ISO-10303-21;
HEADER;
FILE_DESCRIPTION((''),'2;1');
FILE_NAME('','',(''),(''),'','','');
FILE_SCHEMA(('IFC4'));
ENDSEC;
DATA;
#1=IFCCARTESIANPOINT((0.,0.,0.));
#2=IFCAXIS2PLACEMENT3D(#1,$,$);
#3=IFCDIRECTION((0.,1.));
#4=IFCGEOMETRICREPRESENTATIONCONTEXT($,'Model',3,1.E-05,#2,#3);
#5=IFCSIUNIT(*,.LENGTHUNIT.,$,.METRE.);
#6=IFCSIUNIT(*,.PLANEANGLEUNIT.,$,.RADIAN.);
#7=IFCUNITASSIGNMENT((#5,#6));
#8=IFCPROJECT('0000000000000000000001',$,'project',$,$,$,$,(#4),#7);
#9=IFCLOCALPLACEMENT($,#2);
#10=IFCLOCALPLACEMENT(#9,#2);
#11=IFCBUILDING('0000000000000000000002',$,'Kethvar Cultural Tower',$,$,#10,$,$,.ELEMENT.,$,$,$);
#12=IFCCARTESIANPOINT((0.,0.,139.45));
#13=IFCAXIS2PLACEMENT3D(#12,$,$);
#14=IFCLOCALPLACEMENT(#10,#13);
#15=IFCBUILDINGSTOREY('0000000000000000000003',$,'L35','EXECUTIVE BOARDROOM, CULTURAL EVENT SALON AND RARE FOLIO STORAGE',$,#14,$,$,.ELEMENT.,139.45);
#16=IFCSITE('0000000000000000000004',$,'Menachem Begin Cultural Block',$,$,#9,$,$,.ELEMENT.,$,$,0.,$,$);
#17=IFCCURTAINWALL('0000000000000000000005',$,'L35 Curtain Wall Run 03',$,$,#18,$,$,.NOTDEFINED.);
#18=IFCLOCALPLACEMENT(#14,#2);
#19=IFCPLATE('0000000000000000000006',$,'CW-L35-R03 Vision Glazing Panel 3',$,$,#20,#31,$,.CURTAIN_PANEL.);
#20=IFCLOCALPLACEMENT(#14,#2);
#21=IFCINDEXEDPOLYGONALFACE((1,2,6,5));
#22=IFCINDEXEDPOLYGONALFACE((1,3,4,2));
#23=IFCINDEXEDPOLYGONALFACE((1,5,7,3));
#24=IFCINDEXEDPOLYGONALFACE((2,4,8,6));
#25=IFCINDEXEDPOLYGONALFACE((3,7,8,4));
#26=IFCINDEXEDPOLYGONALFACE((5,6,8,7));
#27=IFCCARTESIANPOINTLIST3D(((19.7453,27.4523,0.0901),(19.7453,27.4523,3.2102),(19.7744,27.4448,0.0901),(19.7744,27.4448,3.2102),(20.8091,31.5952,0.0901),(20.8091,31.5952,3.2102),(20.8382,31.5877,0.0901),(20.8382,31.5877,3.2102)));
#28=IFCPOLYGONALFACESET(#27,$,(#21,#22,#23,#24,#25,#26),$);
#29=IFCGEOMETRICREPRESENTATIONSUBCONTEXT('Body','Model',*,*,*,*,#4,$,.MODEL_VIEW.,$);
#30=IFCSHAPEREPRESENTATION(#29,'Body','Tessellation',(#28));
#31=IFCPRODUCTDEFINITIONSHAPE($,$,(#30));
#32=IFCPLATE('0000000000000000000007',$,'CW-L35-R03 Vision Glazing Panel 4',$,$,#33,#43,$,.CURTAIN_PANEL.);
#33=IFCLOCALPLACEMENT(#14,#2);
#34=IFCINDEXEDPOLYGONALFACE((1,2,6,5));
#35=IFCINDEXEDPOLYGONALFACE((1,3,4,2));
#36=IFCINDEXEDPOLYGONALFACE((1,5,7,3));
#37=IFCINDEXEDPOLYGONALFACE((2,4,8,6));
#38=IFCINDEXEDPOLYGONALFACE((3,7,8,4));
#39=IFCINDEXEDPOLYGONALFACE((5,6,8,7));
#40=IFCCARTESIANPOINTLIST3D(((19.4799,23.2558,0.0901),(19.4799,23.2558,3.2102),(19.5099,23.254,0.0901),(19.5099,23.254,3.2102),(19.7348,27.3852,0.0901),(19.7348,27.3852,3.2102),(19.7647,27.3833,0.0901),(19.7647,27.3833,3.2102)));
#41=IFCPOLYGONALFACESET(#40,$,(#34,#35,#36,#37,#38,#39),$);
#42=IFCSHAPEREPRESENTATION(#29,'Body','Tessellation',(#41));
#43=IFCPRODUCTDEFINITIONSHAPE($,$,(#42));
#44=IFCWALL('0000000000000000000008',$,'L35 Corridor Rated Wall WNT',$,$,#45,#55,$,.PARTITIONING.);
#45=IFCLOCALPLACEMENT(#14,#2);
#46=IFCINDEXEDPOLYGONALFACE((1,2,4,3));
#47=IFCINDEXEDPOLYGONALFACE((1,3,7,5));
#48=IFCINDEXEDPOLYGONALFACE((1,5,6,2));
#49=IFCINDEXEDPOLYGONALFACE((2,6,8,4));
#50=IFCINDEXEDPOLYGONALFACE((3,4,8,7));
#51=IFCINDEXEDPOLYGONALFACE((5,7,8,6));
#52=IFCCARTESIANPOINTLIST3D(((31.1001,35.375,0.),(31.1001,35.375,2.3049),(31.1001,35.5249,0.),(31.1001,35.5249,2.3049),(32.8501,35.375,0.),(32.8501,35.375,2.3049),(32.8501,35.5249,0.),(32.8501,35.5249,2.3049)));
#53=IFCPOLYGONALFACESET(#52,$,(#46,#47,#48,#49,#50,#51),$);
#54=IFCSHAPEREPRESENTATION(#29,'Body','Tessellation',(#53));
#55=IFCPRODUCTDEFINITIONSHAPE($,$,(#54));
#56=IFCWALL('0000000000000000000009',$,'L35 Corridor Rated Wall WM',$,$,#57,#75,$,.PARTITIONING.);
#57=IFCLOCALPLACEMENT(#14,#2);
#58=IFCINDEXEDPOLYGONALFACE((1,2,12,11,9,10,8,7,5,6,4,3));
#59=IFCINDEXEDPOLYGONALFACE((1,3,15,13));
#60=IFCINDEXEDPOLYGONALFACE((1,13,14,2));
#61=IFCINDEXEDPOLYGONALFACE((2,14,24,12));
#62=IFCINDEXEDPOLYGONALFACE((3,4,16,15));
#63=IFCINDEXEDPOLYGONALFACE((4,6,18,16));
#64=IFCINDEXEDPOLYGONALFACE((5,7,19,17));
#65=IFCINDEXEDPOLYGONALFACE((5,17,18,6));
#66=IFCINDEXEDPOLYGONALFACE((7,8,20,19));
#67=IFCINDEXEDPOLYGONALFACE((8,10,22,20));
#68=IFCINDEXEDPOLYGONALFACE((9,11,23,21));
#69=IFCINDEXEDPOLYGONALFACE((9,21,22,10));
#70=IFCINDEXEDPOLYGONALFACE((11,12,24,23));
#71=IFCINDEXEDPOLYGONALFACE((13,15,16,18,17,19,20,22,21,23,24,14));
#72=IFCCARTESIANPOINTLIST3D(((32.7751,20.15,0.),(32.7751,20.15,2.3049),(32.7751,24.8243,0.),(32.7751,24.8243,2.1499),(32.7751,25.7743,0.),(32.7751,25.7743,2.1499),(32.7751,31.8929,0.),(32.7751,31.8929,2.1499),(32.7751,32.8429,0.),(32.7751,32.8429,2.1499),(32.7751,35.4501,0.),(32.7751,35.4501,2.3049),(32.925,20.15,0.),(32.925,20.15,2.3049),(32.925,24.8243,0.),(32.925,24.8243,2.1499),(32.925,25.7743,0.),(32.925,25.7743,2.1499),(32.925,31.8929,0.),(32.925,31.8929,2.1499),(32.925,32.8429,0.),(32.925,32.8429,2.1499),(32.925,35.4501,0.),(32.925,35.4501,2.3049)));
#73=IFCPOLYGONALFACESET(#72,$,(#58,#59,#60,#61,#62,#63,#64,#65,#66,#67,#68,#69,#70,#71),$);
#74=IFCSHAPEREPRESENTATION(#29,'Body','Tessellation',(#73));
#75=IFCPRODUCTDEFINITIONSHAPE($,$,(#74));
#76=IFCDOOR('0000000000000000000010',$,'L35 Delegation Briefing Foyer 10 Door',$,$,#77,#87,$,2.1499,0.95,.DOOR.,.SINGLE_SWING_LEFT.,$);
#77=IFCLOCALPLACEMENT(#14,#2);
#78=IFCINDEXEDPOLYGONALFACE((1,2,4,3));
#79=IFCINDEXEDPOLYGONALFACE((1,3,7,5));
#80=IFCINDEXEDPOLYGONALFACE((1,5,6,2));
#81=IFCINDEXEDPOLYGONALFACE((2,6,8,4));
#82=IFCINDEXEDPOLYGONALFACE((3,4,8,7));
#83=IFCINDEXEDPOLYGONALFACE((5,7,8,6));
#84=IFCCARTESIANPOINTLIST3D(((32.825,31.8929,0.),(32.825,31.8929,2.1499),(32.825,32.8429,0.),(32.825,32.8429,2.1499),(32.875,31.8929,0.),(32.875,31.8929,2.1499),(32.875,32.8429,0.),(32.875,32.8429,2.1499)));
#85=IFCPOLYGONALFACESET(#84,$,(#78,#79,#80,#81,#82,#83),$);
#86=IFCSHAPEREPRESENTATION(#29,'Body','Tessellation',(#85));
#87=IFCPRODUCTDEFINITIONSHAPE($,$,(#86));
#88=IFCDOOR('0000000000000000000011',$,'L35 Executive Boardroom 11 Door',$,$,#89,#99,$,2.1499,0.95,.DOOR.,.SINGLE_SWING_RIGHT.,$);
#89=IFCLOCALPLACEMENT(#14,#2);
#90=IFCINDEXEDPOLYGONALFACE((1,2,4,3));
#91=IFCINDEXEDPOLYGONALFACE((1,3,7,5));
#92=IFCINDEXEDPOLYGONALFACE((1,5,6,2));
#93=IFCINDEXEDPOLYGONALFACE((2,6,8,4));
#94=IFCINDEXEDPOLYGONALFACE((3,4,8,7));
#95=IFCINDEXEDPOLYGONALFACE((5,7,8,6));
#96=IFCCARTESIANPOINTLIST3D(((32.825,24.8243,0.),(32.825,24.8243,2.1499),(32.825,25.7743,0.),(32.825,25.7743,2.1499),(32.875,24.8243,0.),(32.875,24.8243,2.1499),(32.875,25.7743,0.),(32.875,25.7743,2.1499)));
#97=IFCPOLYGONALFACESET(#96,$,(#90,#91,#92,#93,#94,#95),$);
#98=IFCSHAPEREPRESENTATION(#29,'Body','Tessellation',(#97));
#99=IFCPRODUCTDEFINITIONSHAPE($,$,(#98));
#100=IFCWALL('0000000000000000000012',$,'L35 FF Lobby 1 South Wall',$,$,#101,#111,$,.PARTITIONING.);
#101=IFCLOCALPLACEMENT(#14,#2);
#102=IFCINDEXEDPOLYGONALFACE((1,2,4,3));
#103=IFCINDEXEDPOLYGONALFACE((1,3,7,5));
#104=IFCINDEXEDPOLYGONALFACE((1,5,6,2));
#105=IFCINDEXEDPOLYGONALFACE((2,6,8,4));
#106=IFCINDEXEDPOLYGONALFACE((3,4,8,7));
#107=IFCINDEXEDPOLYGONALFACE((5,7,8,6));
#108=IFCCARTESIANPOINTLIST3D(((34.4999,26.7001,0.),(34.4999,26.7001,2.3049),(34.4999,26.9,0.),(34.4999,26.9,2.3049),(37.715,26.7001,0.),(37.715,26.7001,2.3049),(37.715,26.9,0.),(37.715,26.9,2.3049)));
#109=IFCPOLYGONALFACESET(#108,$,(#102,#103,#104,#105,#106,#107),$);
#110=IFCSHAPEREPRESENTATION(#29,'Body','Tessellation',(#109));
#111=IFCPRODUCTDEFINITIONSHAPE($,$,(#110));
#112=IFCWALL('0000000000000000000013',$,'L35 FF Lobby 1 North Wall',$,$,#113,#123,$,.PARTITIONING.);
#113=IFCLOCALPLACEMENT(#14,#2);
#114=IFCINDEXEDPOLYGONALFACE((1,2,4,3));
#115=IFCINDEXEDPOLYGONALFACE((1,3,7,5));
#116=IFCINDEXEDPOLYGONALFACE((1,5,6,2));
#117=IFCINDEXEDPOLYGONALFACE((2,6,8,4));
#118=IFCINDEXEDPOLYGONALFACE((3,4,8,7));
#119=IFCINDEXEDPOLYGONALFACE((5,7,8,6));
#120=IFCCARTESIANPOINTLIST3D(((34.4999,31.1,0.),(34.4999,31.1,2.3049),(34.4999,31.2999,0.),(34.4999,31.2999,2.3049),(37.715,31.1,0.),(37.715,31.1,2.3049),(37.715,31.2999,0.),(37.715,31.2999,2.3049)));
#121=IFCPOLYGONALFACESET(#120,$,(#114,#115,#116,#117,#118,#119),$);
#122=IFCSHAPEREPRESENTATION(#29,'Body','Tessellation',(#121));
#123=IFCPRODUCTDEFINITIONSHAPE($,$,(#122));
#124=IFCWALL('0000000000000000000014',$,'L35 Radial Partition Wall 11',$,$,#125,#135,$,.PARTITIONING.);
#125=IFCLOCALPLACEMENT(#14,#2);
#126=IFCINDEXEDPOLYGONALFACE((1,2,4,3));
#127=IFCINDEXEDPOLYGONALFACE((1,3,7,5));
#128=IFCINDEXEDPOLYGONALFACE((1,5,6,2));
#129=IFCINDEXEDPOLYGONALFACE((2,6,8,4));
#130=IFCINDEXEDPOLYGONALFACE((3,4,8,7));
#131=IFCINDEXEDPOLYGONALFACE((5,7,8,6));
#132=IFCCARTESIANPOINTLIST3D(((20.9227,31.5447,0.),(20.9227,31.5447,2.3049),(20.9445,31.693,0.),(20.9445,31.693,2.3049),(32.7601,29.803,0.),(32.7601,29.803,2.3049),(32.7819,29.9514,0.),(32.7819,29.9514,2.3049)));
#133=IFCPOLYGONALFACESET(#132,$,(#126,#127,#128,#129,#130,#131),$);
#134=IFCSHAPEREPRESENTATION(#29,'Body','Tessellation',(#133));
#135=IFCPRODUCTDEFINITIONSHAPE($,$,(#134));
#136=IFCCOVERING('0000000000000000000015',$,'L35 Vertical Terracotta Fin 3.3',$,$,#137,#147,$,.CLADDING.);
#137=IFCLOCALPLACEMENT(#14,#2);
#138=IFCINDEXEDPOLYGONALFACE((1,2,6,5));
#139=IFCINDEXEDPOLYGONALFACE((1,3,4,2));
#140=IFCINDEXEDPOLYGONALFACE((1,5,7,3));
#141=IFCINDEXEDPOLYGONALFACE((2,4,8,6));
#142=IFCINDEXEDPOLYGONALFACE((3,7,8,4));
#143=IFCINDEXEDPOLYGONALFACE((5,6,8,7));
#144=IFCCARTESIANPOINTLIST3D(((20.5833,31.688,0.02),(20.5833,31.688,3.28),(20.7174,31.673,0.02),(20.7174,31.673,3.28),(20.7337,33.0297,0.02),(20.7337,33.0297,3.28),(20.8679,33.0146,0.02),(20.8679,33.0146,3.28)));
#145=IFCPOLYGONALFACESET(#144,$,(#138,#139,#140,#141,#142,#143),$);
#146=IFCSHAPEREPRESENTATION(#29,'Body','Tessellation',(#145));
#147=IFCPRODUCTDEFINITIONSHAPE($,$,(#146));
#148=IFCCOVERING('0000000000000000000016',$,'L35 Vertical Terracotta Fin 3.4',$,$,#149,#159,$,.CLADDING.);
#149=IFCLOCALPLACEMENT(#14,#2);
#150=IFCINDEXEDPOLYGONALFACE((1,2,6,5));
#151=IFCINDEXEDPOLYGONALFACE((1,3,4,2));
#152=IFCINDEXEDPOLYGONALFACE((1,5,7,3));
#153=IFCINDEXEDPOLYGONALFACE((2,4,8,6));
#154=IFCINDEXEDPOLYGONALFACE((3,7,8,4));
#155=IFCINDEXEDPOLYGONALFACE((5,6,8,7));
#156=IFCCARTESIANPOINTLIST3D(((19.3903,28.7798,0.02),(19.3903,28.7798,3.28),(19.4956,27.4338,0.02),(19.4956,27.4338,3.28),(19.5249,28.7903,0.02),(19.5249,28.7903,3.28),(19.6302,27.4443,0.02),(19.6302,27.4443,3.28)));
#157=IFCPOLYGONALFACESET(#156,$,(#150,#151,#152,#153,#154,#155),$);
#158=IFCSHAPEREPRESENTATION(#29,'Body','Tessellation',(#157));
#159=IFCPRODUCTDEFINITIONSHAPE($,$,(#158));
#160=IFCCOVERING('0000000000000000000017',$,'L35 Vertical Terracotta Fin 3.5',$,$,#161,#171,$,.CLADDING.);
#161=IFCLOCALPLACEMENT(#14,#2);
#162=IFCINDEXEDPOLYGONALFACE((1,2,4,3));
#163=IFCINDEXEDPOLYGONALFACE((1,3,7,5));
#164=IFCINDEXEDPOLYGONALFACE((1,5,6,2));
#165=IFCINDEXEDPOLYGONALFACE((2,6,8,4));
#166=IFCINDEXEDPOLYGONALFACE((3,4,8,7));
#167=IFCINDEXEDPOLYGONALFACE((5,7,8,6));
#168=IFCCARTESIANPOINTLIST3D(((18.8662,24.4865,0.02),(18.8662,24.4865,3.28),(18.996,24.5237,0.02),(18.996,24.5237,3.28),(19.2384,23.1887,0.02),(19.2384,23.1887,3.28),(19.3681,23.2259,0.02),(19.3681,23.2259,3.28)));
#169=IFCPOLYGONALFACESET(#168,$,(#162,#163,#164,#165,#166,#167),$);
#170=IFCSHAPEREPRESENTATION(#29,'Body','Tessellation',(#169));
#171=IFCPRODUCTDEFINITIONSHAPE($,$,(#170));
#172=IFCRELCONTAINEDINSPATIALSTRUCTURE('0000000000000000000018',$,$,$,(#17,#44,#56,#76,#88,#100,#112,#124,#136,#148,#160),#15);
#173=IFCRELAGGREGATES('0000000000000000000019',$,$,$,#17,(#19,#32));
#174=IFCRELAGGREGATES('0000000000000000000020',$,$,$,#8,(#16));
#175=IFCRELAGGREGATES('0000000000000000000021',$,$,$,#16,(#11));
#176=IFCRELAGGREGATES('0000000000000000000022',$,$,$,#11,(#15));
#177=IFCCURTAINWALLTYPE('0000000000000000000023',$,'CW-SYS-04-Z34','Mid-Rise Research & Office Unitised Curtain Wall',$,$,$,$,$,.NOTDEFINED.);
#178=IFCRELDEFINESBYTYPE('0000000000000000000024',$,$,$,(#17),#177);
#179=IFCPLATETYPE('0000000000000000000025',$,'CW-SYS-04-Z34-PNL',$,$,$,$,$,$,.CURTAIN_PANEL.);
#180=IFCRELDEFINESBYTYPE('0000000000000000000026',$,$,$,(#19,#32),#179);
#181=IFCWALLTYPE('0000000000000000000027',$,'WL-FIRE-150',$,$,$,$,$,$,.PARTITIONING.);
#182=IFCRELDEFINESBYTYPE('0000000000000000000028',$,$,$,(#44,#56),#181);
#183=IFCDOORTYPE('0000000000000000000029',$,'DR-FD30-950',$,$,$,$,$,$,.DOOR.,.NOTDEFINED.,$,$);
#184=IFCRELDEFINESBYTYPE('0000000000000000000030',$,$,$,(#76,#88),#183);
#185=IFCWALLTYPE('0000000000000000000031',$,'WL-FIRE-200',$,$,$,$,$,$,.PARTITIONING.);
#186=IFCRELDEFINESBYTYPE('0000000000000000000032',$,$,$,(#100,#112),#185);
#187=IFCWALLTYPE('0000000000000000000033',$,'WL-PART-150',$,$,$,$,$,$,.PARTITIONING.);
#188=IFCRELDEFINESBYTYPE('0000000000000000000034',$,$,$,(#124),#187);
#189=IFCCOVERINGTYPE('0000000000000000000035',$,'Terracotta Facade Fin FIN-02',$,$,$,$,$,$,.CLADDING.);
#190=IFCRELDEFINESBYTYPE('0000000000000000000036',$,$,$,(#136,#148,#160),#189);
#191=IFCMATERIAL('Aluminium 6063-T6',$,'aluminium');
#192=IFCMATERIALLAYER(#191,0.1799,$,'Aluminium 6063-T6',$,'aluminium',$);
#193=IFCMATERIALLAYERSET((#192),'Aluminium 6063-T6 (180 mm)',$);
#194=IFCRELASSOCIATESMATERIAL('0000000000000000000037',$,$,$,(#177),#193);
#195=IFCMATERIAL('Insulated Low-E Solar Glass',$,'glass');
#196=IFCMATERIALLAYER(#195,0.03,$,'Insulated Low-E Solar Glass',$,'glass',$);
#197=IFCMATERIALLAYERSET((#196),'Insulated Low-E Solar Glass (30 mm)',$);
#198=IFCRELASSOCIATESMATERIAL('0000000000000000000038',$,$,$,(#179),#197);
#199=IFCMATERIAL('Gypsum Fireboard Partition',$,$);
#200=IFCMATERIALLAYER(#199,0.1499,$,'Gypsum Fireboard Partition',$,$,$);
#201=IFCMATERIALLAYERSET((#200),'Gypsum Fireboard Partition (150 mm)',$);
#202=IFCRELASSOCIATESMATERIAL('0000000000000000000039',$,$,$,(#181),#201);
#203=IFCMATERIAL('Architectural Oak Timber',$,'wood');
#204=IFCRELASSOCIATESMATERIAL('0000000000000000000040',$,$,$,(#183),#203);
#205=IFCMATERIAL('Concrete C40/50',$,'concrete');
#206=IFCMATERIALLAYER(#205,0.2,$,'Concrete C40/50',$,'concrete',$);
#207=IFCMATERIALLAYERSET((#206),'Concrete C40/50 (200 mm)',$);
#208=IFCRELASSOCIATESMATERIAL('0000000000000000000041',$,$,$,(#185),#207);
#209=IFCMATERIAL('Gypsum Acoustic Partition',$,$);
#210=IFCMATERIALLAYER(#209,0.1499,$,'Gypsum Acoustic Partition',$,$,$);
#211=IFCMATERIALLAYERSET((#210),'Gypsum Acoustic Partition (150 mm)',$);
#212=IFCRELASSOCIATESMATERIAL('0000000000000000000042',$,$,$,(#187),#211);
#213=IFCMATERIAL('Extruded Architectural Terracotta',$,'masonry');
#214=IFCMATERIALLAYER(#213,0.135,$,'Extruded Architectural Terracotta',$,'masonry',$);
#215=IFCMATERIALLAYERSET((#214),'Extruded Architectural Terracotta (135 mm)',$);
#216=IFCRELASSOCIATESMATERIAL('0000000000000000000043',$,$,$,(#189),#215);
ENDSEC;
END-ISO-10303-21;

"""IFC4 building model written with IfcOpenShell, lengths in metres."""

from ifc_helpers import new_model, si_unit, direction, frame, frame_2d, origin, origin_2d, place, context, subcontext, project, spatial, rectangle, extrude, source, transform, mapped, material, layer, layer_set, type_object, element, fill, aggregate, save


model = new_model("IFC4")

# Units and contexts
model_context = context("Model", 3, precision=1e-05, world=origin(), true_north=direction((0.0, 1.0)))
body_context = subcontext(model_context, "Body", "Model", "MODEL_VIEW")
ifc_project = project(units=[si_unit("LENGTHUNIT", "METRE"), si_unit("PLANEANGLEUNIT", "RADIAN")], contexts=[model_context])

# Site, building, storey
site_placement = place(None, origin())
site = spatial("IfcSite", under=ifc_project, at=site_placement, Name="Menachem Begin Cultural Block", CompositionType="ELEMENT", RefElevation=0.0)
building_placement = place(site_placement, origin())
building = spatial("IfcBuilding", under=site, at=building_placement, Name="Kethvar Cultural Tower", CompositionType="ELEMENT")
storey_placement = place(building_placement, frame((0.0, 0.0, 139.45)))
storey = spatial("IfcBuildingStorey", under=building, at=storey_placement, Name="L35", Description="EXECUTIVE BOARDROOM, CULTURAL EVENT SALON AND RARE FOLIO STORAGE", CompositionType="ELEMENT", Elevation=139.45)

# Curtain wall, plates
ifc_material_1 = material(Name="Aluminium 6063-T6", Category="aluminium")
ifc_layer_1 = layer(ifc_material_1, 0.1799, Name="Aluminium 6063-T6", Category="aluminium")
ifc_layer_set_1 = layer_set([ifc_layer_1], Name="Aluminium 6063-T6 (180 mm)")
curtain_wall_type = type_object("IfcCurtainWallType", Name="CW-SYS-04-Z34", Description="Mid-Rise Research & Office Unitised Curtain Wall", PredefinedType="NOTDEFINED", material=ifc_layer_set_1)
curtain_wall_placement = place(storey_placement, origin())
curtain_wall = element("IfcCurtainWall", 1, at=curtain_wall_placement, inside=storey, type_object=curtain_wall_type, Name="L35 Curtain Wall Run 03", PredefinedType="NOTDEFINED")
ifc_material_2 = material(Name="Insulated Low-E Solar Glass", Category="glass")
ifc_layer_2 = layer(ifc_material_2, 0.03, Name="Insulated Low-E Solar Glass", Category="glass")
ifc_layer_set_2 = layer_set([ifc_layer_2], Name="Insulated Low-E Solar Glass (30 mm)")
plate_type = type_object("IfcPlateType", Name="CW-SYS-04-Z34-PNL", PredefinedType="CURTAIN_PANEL", material=ifc_layer_set_2)
shared_shape_1 = source(origin(), body_context, "Body", "SweptSolid", [
    extrude(rectangle(XDim=4.2773, YDim=0.03, at=origin_2d()), origin(), (0.0, 0.0, 1.0), 3.1201),
])
plate_1_placement = place(storey_placement, frame((20.2917, 29.52, 0.0901), z_axis=(0.0, 0.0, 1.0), x_axis=(-0.248724, -0.968574, 0.0)))
plate_1 = element("IfcPlate", 2, at=plate_1_placement, type_object=plate_type, Name="CW-L35-R03 Vision Glazing Panel 3", PredefinedType="CURTAIN_PANEL", context=body_context, shape_type="MappedRepresentation", body=[
    mapped(shared_shape_1, transform((0.0, 0.0, 0.0), scale=1.0)),
])
shared_shape_2 = source(origin(), body_context, "Body", "SweptSolid", [
    extrude(rectangle(XDim=4.1372, YDim=0.03, at=origin_2d()), origin(), (0.0, 0.0, 1.0), 3.1201),
])
plate_2_placement = place(storey_placement, frame((19.6223, 25.3196, 0.0901), z_axis=(0.0, 0.0, 1.0), x_axis=(-0.061606, -0.998101, 0.0)))
plate_2 = element("IfcPlate", 3, at=plate_2_placement, type_object=plate_type, Name="CW-L35-R03 Vision Glazing Panel 4", PredefinedType="CURTAIN_PANEL", context=body_context, shape_type="MappedRepresentation", body=[
    mapped(shared_shape_2, transform((0.0, 0.0, 0.0), scale=1.0)),
])
aggregate(curtain_wall, [plate_1, plate_2])

# Wall
ifc_material_3 = material(Name="Gypsum Fireboard Partition")
ifc_layer_3 = layer(ifc_material_3, 0.1499, Name="Gypsum Fireboard Partition")
ifc_layer_set_3 = layer_set([ifc_layer_3], Name="Gypsum Fireboard Partition (150 mm)")
wall_type_1 = type_object("IfcWallType", Name="WL-FIRE-150", PredefinedType="PARTITIONING", material=ifc_layer_set_3)
wall_1_placement = place(storey_placement, frame((31.1001, 35.45, 0.0), z_axis=(0.0, 0.0, 1.0), x_axis=(1.0, 0.0, 0.0)))
element("IfcWall", 4, at=wall_1_placement, inside=storey, type_object=wall_type_1, Name="L35 Corridor Rated Wall WNT", PredefinedType="PARTITIONING", context=body_context, shape_type="SweptSolid", body=[
    extrude(rectangle(XDim=1.75, YDim=0.1499, at=frame_2d((0.875, 0.0))), origin(), (0.0, 0.0, 1.0), 2.3049),
])

# Wall, openings, doors
wall_2_placement = place(storey_placement, frame((32.8501, 35.45, 0.0), z_axis=(0.0, 0.0, 1.0), x_axis=(0.0, -1.0, 0.0)))
wall_2 = element("IfcWall", 5, at=wall_2_placement, inside=storey, type_object=wall_type_1, Name="L35 Corridor Rated Wall WM", PredefinedType="PARTITIONING", context=body_context, shape_type="SweptSolid", body=[
    extrude(rectangle(XDim=15.3, YDim=0.1499, at=frame_2d((7.6499, 0.0))), origin(), (0.0, 0.0, 1.0), 2.3049),
])
opening_1_placement = place(wall_2_placement, frame((2.6069, 0.0, 0.0)))
opening_1 = element("IfcOpeningElement", 6, at=opening_1_placement, cuts=wall_2, PredefinedType="OPENING", context=body_context, shape_type="SweptSolid", body=[
    extrude(rectangle(XDim=0.95, YDim=2.1499, at=frame_2d((0.4751, 1.075))), frame((0.0, 0.085, 0.0), z_axis=(0.0, -1.0, 0.0), x_axis=(1.0, 0.0, 0.0)), (0.0, 0.0, 1.0), 0.1699),
])
opening_2_placement = place(wall_2_placement, frame((9.6755, 0.0, 0.0)))
opening_2 = element("IfcOpeningElement", 7, at=opening_2_placement, cuts=wall_2, PredefinedType="OPENING", context=body_context, shape_type="SweptSolid", body=[
    extrude(rectangle(XDim=0.95, YDim=2.1499, at=frame_2d((0.4751, 1.075))), frame((0.0, 0.085, 0.0), z_axis=(0.0, -1.0, 0.0), x_axis=(1.0, 0.0, 0.0)), (0.0, 0.0, 1.0), 0.1699),
])
ifc_material_4 = material(Name="Architectural Oak Timber", Category="wood")
door_type_1 = type_object("IfcDoorType", Name="DR-FD30-950", OperationType="NOTDEFINED", PredefinedType="DOOR", material=ifc_material_4)
shared_shape_3 = source(origin(), body_context, "Body", "SweptSolid", [
    extrude(rectangle(XDim=0.95, YDim=2.1499, at=frame_2d((0.4751, 1.075))), frame((0.0, 0.0249, 0.0), z_axis=(0.0, -1.0, 0.0), x_axis=(1.0, 0.0, 0.0)), (0.0, 0.0, 1.0), 0.05),
])
door_1_placement = place(opening_1_placement, origin())
door_1 = element("IfcDoor", 8, at=door_1_placement, inside=storey, type_object=door_type_1, Name="L35 Delegation Briefing Foyer 10 Door", OperationType="SINGLE_SWING_LEFT", OverallHeight=2.1499, OverallWidth=0.95, PredefinedType="DOOR", context=body_context, shape_type="MappedRepresentation", body=[
    mapped(shared_shape_3, transform((0.0, 0.0, 0.0), scale=1.0)),
])
fill(opening_1, door_1)
door_2_placement = place(opening_2_placement, origin())
door_2 = element("IfcDoor", 9, at=door_2_placement, inside=storey, type_object=door_type_1, Name="L35 Executive Boardroom 11 Door", OperationType="SINGLE_SWING_RIGHT", OverallHeight=2.1499, OverallWidth=0.95, PredefinedType="DOOR", context=body_context, shape_type="MappedRepresentation", body=[
    mapped(shared_shape_3, transform((0.0, 0.0, 0.0), scale=1.0)),
])
fill(opening_2, door_2)

# Shared definitions
ifc_material_5 = material(Name="Concrete C40/50", Category="concrete")
ifc_layer_4 = layer(ifc_material_5, 0.2, Name="Concrete C40/50", Category="concrete")
ifc_layer_set_4 = layer_set([ifc_layer_4], Name="Concrete C40/50 (200 mm)")
wall_type_2 = type_object("IfcWallType", Name="WL-FIRE-200", PredefinedType="PARTITIONING", material=ifc_layer_set_4)

# Walls
for number, where, z_axis, x_axis, name in (
    (10, (34.5, 26.8, 0.0), (0.0, 0.0, 1.0), (1.0, 0.0, 0.0), "L35 FF Lobby 1 South Wall"),
    (11, (34.5, 31.2, 0.0), (0.0, 0.0, 1.0), (1.0, 0.0, 0.0), "L35 FF Lobby 1 North Wall"),
):
    element("IfcWall", number, at=place(storey_placement, frame(where, z_axis=z_axis, x_axis=x_axis)), inside=storey, type_object=wall_type_2, Name=name, PredefinedType="PARTITIONING", context=body_context, shape_type="SweptSolid", body=[
        extrude(rectangle(XDim=3.2151, YDim=0.2, at=frame_2d((1.6074, 0.0))), origin(), (0.0, 0.0, 1.0), 2.3049),
    ])
ifc_material_6 = material(Name="Gypsum Acoustic Partition")
ifc_layer_5 = layer(ifc_material_6, 0.1499, Name="Gypsum Acoustic Partition")
ifc_layer_set_5 = layer_set([ifc_layer_5], Name="Gypsum Acoustic Partition (150 mm)")
wall_type_3 = type_object("IfcWallType", Name="WL-PART-150", PredefinedType="PARTITIONING", material=ifc_layer_set_5)
wall_3_placement = place(storey_placement, frame((32.771, 29.8772, 0.0), z_axis=(0.0, 0.0, 1.0), x_axis=(-0.989348, 0.145568, 0.0)))
element("IfcWall", 12, at=wall_3_placement, inside=storey, type_object=wall_type_3, Name="L35 Radial Partition Wall 11", PredefinedType="PARTITIONING", context=body_context, shape_type="SweptSolid", body=[
    extrude(rectangle(XDim=11.9648, YDim=0.1499, at=frame_2d((5.9824, 0.0))), origin(), (0.0, 0.0, 1.0), 2.3049),
])

# Coverings
ifc_material_7 = material(Name="Extruded Architectural Terracotta", Category="masonry")
ifc_layer_6 = layer(ifc_material_7, 0.135, Name="Extruded Architectural Terracotta", Category="masonry")
ifc_layer_set_6 = layer_set([ifc_layer_6], Name="Extruded Architectural Terracotta (135 mm)")
covering_type = type_object("IfcCoveringType", Name="Terracotta Facade Fin FIN-02", PredefinedType="CLADDING", material=ifc_layer_set_6)
shared_shape_4 = source(origin(), body_context, "Body", "SweptSolid", [
    extrude(rectangle(XDim=1.3501, YDim=0.135, at=origin_2d()), origin(), (0.0, 0.0, 1.0), 3.26),
])
for number, where, z_axis, x_axis, name in (
    (13, (20.7256, 32.3513, 0.02), (0.0, 0.0, 1.0), (0.111469, 0.993768, 0.0), "L35 Vertical Terracotta Fin 3.3"),
    (14, (19.5103, 28.1121, 0.02), (0.0, 0.0, 1.0), (-0.077937, 0.996958, 0.0), "L35 Vertical Terracotta Fin 3.4"),
    (15, (19.1172, 23.8562, 0.02), (0.0, 0.0, 1.0), (-0.275637, 0.961262, 0.0), "L35 Vertical Terracotta Fin 3.5"),
):
    element("IfcCovering", number, at=place(storey_placement, frame(where, z_axis=z_axis, x_axis=x_axis)), inside=storey, type_object=covering_type, Name=name, PredefinedType="CLADDING", context=body_context, shape_type="MappedRepresentation", body=[
        mapped(shared_shape_4, transform((0.0, 0.0, 0.0), scale=1.0)),
    ])

save(model, "model.ifc")
